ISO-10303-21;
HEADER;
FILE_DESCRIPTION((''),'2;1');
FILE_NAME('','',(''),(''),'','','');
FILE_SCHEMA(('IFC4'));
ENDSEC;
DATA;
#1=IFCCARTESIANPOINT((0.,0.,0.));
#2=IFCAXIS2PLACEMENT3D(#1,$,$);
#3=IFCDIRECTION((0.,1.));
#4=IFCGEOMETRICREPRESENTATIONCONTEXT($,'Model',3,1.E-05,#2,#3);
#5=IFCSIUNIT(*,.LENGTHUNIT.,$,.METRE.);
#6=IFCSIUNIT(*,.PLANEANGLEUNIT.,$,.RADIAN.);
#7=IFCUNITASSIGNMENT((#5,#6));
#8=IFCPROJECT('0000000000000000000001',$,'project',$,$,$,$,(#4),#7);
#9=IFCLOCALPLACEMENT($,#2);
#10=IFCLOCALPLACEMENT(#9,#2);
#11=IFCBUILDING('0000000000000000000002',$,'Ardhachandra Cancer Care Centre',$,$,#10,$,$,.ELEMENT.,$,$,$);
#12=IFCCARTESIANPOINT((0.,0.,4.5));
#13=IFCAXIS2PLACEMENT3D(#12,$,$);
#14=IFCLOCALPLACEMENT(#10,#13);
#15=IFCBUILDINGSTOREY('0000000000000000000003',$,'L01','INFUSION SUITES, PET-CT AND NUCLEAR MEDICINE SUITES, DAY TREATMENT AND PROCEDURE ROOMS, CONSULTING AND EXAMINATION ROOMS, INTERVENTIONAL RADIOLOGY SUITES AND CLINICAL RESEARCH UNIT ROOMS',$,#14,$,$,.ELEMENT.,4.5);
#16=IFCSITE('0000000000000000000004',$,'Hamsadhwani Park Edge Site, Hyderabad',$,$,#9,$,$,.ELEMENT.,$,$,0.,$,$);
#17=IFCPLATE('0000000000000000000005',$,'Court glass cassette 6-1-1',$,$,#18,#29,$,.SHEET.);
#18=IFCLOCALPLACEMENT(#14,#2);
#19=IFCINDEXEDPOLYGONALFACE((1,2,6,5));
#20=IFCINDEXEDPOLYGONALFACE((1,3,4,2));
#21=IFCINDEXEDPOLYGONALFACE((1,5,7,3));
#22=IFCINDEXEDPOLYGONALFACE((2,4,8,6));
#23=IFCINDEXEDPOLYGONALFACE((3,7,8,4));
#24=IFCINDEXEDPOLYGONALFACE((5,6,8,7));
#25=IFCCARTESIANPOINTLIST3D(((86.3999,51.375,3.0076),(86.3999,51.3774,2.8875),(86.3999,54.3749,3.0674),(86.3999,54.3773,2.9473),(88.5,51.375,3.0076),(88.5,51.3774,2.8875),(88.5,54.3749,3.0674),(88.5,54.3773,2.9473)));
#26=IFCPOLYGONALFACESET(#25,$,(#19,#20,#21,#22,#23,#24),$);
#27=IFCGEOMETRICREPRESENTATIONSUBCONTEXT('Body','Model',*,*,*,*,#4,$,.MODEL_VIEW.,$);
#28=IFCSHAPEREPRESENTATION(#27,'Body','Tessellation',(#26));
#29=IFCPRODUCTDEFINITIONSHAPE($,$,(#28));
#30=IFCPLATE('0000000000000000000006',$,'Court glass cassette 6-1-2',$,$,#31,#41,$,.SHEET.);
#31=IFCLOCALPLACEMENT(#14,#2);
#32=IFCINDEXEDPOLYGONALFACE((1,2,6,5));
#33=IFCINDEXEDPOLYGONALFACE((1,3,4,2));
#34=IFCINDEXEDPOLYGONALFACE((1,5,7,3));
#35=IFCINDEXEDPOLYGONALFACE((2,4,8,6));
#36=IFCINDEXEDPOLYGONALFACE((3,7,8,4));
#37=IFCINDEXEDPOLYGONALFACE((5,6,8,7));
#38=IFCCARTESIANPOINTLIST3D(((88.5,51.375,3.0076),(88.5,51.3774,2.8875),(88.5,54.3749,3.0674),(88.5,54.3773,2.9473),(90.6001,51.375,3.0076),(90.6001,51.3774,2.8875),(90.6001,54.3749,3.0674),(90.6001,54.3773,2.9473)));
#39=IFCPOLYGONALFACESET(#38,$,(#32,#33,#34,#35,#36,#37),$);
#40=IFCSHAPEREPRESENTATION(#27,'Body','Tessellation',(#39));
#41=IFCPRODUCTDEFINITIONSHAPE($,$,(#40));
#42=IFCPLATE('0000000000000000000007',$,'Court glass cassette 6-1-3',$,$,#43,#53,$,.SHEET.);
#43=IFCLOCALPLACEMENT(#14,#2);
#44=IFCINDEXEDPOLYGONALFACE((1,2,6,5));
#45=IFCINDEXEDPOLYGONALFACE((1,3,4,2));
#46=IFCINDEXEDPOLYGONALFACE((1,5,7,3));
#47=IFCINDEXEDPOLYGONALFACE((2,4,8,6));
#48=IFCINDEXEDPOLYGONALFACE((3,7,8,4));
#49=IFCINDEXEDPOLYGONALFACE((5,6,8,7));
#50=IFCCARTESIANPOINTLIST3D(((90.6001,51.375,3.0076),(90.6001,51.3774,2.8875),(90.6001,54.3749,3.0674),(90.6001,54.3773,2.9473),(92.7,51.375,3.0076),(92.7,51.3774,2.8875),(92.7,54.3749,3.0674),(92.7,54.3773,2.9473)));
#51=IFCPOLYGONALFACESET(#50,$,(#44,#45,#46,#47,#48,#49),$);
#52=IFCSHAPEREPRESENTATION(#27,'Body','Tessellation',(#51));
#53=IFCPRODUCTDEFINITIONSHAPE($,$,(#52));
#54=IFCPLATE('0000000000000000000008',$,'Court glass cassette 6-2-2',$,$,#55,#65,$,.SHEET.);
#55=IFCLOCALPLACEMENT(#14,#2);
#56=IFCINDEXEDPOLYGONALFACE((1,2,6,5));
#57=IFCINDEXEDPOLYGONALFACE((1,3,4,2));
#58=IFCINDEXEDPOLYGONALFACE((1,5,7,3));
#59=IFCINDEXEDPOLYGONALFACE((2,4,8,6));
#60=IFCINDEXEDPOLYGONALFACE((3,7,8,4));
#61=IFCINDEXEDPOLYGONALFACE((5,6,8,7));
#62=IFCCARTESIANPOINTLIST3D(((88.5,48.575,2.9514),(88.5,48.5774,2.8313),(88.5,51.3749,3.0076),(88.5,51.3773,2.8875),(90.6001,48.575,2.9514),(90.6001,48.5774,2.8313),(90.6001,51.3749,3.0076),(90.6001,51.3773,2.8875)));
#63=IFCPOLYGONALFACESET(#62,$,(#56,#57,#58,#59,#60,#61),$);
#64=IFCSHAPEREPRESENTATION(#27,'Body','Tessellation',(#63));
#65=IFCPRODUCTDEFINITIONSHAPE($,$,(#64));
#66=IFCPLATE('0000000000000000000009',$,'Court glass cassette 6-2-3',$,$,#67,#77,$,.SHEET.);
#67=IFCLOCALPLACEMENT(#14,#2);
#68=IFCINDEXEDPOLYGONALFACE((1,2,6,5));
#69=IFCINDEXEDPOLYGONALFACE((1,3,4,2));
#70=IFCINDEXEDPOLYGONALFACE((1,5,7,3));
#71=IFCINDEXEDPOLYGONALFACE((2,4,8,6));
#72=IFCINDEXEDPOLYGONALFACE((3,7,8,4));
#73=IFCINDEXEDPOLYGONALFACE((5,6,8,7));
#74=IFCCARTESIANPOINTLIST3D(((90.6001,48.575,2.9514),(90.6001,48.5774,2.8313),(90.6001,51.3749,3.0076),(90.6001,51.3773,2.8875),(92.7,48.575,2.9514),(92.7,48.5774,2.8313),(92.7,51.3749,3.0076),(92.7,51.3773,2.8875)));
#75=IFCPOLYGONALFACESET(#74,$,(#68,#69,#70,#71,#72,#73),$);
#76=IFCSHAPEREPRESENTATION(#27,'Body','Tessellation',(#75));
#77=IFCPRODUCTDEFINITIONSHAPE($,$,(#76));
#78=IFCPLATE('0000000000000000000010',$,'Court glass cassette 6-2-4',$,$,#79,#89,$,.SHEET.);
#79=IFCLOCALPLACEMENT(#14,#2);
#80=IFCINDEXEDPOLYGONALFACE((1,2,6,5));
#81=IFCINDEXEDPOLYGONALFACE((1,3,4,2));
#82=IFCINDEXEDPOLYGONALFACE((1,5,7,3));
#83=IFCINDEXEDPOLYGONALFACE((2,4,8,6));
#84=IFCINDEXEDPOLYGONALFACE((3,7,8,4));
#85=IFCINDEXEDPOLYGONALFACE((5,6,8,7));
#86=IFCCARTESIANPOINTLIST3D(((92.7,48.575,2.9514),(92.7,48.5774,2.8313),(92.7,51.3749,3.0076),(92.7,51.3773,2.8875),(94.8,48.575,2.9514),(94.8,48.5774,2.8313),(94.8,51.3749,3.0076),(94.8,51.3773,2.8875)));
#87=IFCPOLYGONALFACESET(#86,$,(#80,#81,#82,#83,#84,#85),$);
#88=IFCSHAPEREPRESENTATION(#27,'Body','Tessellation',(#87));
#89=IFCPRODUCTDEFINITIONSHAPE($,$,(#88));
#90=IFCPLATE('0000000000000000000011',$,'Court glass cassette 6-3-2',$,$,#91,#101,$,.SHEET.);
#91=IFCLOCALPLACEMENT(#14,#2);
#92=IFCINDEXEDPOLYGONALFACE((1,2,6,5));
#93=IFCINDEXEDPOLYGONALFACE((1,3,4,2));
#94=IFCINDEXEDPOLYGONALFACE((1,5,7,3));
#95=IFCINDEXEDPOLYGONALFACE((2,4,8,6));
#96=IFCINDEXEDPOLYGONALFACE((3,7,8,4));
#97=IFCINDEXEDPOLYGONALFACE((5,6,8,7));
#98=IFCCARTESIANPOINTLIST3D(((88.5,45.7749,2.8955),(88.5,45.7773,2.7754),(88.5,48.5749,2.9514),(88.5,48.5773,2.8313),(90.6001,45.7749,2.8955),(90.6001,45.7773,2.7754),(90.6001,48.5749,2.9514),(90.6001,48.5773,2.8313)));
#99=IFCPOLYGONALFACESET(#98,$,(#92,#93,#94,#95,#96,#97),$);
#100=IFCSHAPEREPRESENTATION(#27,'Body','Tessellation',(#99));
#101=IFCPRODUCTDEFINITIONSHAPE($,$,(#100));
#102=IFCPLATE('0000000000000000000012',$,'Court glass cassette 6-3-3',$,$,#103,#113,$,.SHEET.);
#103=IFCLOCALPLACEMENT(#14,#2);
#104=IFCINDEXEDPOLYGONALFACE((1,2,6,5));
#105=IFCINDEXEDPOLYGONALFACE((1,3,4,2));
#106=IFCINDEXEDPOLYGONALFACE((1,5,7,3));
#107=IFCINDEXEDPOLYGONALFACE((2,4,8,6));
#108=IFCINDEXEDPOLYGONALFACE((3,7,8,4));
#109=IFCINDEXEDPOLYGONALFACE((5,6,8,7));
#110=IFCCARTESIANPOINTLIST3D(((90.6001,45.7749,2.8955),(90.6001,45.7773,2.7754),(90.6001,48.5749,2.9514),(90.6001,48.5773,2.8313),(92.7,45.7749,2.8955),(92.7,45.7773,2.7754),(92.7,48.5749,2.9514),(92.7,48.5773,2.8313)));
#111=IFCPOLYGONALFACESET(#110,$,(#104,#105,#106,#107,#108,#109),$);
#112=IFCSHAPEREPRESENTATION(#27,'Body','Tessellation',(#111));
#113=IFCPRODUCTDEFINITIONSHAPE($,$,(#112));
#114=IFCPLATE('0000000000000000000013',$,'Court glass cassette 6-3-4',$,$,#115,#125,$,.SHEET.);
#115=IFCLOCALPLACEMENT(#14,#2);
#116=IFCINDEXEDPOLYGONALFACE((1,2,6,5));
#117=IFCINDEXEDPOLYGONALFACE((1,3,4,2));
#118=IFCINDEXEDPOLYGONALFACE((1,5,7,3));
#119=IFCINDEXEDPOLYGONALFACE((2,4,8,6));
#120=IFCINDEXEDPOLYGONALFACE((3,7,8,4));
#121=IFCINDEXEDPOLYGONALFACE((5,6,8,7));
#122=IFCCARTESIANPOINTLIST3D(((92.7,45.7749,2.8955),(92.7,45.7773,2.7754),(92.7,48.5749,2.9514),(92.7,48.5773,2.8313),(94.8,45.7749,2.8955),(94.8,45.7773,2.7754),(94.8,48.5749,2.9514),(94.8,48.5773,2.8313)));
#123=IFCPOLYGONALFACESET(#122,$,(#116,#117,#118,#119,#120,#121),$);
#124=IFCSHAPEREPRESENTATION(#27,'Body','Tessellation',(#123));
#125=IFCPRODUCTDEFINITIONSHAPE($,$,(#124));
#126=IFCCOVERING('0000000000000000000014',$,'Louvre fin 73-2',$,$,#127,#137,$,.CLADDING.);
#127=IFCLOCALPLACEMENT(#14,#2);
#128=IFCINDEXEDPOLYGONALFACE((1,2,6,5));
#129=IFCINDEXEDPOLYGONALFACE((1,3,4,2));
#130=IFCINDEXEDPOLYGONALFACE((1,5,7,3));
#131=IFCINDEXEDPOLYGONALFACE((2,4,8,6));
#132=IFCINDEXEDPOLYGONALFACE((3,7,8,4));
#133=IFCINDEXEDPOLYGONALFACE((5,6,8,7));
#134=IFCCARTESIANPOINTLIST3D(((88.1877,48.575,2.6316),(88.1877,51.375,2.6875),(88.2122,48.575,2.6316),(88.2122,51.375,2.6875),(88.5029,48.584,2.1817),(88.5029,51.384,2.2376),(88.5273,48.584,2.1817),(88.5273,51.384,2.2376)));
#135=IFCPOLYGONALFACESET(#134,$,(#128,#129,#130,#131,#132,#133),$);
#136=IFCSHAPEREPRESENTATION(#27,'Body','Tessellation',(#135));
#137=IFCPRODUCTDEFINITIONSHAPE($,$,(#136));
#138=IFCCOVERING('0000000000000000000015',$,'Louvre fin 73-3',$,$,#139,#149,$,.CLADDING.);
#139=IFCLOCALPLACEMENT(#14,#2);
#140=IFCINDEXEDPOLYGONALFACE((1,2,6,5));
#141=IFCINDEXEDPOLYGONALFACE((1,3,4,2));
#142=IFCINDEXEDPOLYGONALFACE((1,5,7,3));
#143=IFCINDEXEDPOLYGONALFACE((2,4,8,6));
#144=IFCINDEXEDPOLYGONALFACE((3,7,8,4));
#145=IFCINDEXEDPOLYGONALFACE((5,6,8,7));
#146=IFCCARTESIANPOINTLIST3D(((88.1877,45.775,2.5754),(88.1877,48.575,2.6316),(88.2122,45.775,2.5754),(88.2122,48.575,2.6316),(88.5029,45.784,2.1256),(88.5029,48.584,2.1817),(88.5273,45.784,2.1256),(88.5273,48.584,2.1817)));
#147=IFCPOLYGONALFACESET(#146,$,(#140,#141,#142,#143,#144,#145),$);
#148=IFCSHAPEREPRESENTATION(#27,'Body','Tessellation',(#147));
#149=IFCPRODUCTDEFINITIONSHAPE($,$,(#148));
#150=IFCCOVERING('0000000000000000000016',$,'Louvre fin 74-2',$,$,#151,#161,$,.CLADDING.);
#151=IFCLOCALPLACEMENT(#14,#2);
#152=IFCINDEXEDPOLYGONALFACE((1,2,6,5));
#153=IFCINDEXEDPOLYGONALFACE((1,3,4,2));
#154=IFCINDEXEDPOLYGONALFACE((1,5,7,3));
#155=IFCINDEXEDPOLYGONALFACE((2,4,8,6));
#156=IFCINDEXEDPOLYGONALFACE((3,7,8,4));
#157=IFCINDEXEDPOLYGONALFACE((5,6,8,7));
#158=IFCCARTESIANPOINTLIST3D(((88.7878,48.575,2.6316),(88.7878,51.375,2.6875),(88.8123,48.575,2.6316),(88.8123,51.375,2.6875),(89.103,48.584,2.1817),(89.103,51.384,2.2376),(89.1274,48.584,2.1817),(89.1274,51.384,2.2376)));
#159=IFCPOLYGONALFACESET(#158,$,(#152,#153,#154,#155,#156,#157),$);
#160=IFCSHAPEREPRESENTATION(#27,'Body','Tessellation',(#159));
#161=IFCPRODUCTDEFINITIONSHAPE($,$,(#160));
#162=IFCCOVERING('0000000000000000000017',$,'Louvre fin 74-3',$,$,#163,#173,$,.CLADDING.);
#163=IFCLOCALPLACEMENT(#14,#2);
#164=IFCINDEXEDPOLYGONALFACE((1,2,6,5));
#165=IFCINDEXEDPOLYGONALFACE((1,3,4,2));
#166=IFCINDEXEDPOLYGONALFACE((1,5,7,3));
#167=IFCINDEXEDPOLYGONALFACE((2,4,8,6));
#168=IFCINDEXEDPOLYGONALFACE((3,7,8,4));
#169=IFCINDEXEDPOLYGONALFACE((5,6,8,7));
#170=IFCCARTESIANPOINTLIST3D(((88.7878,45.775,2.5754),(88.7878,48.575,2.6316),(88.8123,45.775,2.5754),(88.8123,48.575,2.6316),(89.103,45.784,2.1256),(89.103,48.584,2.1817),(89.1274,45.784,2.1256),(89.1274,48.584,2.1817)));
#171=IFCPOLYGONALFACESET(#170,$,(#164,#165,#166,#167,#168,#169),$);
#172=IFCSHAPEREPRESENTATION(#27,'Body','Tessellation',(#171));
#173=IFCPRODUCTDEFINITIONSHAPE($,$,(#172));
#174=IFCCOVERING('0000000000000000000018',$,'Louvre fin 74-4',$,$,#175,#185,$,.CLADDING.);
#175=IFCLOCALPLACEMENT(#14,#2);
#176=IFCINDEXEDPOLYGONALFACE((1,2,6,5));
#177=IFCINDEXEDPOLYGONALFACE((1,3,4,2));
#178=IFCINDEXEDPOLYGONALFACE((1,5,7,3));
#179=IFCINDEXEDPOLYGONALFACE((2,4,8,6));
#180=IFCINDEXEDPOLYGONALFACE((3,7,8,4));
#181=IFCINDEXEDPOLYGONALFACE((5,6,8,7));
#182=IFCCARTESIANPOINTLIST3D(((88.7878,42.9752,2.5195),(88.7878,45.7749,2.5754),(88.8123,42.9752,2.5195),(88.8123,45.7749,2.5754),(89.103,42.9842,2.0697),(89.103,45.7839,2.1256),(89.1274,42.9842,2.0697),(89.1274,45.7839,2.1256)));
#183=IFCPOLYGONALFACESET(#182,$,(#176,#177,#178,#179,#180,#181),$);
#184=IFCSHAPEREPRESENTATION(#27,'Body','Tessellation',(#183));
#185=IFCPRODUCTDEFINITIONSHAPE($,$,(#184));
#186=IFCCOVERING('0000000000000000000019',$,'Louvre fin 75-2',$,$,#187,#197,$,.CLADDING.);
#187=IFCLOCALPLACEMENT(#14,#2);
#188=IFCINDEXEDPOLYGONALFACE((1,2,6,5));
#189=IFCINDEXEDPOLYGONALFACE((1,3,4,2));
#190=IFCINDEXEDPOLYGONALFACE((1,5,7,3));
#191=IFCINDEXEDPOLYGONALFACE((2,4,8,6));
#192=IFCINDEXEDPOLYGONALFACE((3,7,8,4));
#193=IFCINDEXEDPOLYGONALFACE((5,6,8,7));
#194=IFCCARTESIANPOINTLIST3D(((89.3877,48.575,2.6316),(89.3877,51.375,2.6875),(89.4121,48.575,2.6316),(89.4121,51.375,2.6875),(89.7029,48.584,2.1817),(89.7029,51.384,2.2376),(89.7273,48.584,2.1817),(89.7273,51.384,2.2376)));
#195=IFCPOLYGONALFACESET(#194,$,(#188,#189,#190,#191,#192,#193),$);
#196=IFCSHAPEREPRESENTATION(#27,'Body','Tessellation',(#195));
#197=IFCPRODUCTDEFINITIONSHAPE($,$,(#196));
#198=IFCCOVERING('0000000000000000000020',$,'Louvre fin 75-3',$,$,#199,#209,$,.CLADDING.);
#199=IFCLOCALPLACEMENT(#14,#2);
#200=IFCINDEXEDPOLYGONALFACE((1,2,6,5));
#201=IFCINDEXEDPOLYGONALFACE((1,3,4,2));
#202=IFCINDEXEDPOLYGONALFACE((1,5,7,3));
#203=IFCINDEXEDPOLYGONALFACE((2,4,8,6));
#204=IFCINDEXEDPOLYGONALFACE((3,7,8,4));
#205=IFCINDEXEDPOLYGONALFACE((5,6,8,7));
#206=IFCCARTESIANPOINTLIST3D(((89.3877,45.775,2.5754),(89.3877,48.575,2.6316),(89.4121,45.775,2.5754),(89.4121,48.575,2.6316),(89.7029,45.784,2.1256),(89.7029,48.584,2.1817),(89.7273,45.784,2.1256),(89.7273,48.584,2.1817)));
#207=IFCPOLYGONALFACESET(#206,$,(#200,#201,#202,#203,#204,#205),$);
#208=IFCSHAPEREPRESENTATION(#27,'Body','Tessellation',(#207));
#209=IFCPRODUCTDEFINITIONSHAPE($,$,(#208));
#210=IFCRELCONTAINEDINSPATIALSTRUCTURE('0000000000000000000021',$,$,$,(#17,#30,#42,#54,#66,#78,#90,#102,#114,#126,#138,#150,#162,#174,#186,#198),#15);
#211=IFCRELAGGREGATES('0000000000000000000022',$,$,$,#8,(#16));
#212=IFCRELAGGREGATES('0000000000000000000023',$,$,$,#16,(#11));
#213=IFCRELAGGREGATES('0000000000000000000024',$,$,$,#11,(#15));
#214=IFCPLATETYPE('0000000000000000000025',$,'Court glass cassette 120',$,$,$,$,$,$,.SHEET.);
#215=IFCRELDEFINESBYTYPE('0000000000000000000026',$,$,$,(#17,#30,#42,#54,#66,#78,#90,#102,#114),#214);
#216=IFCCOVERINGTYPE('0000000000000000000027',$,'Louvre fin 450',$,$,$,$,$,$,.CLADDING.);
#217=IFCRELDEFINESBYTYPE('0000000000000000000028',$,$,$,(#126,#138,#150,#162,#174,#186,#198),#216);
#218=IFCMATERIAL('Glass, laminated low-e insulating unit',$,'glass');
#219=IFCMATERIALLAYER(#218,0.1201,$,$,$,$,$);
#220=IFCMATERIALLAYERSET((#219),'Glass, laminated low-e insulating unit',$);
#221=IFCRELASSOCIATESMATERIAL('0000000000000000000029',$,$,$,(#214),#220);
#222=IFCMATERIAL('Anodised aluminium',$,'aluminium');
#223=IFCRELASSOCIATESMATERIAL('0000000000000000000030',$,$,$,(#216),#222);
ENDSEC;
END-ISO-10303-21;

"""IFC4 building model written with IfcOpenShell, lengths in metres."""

from ifc_helpers import new_model, si_unit, direction, frame, origin, place, context, subcontext, project, spatial, polyline, outline, extrude, material, layer, layer_set, material_profile, profile_set, type_object, element, save


model = new_model("IFC4")

# Units and contexts
model_context = context("Model", 3, precision=1e-05, world=origin(), true_north=direction((0.0, 1.0)))
body_context = subcontext(model_context, "Body", "Model", "MODEL_VIEW")
ifc_project = project(units=[si_unit("LENGTHUNIT", "METRE"), si_unit("PLANEANGLEUNIT", "RADIAN")], contexts=[model_context])

# Site, building, storey
site_placement = place(None, origin())
site = spatial("IfcSite", under=ifc_project, at=site_placement, Name="Hamsadhwani Park Edge Site, Hyderabad", CompositionType="ELEMENT", RefElevation=0.0)
building_placement = place(site_placement, origin())
building = spatial("IfcBuilding", under=site, at=building_placement, Name="Ardhachandra Cancer Care Centre", CompositionType="ELEMENT")
storey_placement = place(building_placement, frame((0.0, 0.0, 4.5)))
storey = spatial("IfcBuildingStorey", under=building, at=storey_placement, Name="L01", Description="INFUSION SUITES, PET-CT AND NUCLEAR MEDICINE SUITES, DAY TREATMENT AND PROCEDURE ROOMS, CONSULTING AND EXAMINATION ROOMS, INTERVENTIONAL RADIOLOGY SUITES AND CLINICAL RESEARCH UNIT ROOMS", CompositionType="ELEMENT", Elevation=4.5)

# Plates
ifc_material_1 = material(Name="Glass, laminated low-e insulating unit", Category="glass")
ifc_layer = layer(ifc_material_1, 0.1201)
ifc_layer_set = layer_set([ifc_layer], Name="Glass, laminated low-e insulating unit")
plate_type = type_object("IfcPlateType", Name="Court glass cassette 120", PredefinedType="SHEET", material=ifc_layer_set)
for number, where, z_axis, x_axis, name in (
    (1, (88.5, 51.375, 3.0076), (0.0, -0.019934, 0.999801), (-1.0, 0.0, 0.0), "Court glass cassette 6-1-1"),
    (2, (90.6001, 51.375, 3.0076), (0.0, -0.019934, 0.999801), (-1.0, 0.0, 0.0), "Court glass cassette 6-1-2"),
):
    element("IfcPlate", number, at=place(storey_placement, frame(where, z_axis=z_axis, x_axis=x_axis)), inside=storey, type_object=plate_type, Name=name, PredefinedType="SHEET", context=body_context, shape_type="SweptSolid", body=[
        extrude(outline(polyline([(0.0, -3.0005), (2.1001, -3.0005), (2.1001, 0.0), (0.0, 0.0), (0.0, -3.0005)])), frame((0.0, 0.0, -0.1201)), (0.0, 0.0, 1.0), 0.1201),
    ])
plate_1_placement = place(storey_placement, frame((92.7, 51.375, 3.0076), z_axis=(0.0, -0.019934, 0.999801), x_axis=(-1.0, 0.0, 0.0)))
element("IfcPlate", 3, at=plate_1_placement, inside=storey, type_object=plate_type, Name="Court glass cassette 6-1-3", PredefinedType="SHEET", context=body_context, shape_type="SweptSolid", body=[
    extrude(outline(polyline([(0.0, -3.0005), (2.0999, -3.0005), (2.0999, 0.0), (0.0, 0.0), (0.0, -3.0005)])), frame((0.0, 0.0, -0.1201)), (0.0, 0.0, 1.0), 0.1201),
])
plate_2_placement = place(storey_placement, frame((88.5, 48.575, 2.9514), z_axis=(0.0, -0.02005, 0.999799), x_axis=(0.0, 0.999799, 0.02005)))
element("IfcPlate", 4, at=plate_2_placement, inside=storey, type_object=plate_type, Name="Court glass cassette 6-2-2", PredefinedType="SHEET", context=body_context, shape_type="SweptSolid", body=[
    extrude(outline(polyline([(0.0, -2.1001), (2.8005, -2.1001), (2.8005, 0.0), (0.0, 0.0), (0.0, -2.1001)])), frame((0.0, 0.0, -0.1201)), (0.0, 0.0, 1.0), 0.1201),
])
plate_3_placement = place(storey_placement, frame((90.6001, 48.575, 2.9514), z_axis=(0.0, -0.02005, 0.999799), x_axis=(0.0, 0.999799, 0.02005)))
element("IfcPlate", 5, at=plate_3_placement, inside=storey, type_object=plate_type, Name="Court glass cassette 6-2-3", PredefinedType="SHEET", context=body_context, shape_type="SweptSolid", body=[
    extrude(outline(polyline([(0.0, -2.0999), (2.8005, -2.0999), (2.8005, 0.0), (0.0, 0.0), (0.0, -2.0999)])), frame((0.0, 0.0, -0.1201)), (0.0, 0.0, 1.0), 0.1201),
])
for number, where, z_axis, x_axis, name in (
    (6, (92.7, 48.575, 2.9514), (0.0, -0.02005, 0.999799), (0.0, 0.999799, 0.02005), "Court glass cassette 6-2-4"),
    (7, (88.5, 45.7749, 2.8955), (0.0, -0.019963, 0.999801), (0.0, 0.999801, 0.019963), "Court glass cassette 6-3-2"),
):
    element("IfcPlate", number, at=place(storey_placement, frame(where, z_axis=z_axis, x_axis=x_axis)), inside=storey, type_object=plate_type, Name=name, PredefinedType="SHEET", context=body_context, shape_type="SweptSolid", body=[
        extrude(outline(polyline([(0.0, -2.1001), (2.8005, -2.1001), (2.8005, 0.0), (0.0, 0.0), (0.0, -2.1001)])), frame((0.0, 0.0, -0.1201)), (0.0, 0.0, 1.0), 0.1201),
    ])
plate_4_placement = place(storey_placement, frame((90.6001, 45.7749, 2.8955), z_axis=(0.0, -0.019963, 0.999801), x_axis=(0.0, 0.999801, 0.019963)))
element("IfcPlate", 8, at=plate_4_placement, inside=storey, type_object=plate_type, Name="Court glass cassette 6-3-3", PredefinedType="SHEET", context=body_context, shape_type="SweptSolid", body=[
    extrude(outline(polyline([(0.0, -2.0999), (2.8005, -2.0999), (2.8005, 0.0), (0.0, 0.0), (0.0, -2.0999)])), frame((0.0, 0.0, -0.1201)), (0.0, 0.0, 1.0), 0.1201),
])
plate_5_placement = place(storey_placement, frame((92.7, 45.7749, 2.8955), z_axis=(0.0, -0.019963, 0.999801), x_axis=(0.0, 0.999801, 0.019963)))
element("IfcPlate", 9, at=plate_5_placement, inside=storey, type_object=plate_type, Name="Court glass cassette 6-3-4", PredefinedType="SHEET", context=body_context, shape_type="SweptSolid", body=[
    extrude(outline(polyline([(0.0, -2.1001), (2.8005, -2.1001), (2.8005, 0.0), (0.0, 0.0), (0.0, -2.1001)])), frame((0.0, 0.0, -0.1201)), (0.0, 0.0, 1.0), 0.1201),
])

# Coverings
ifc_material_2 = material(Name="Anodised aluminium", Category="aluminium")
ifc_material_profile = material_profile(ifc_material_2, outline(polyline([(-0.0122, 0.0), (0.0122, 0.0), (0.3274, -0.45), (0.303, -0.45), (-0.0122, 0.0)])), Name="Louvre fin 450")
ifc_profile_set = profile_set([ifc_material_profile], Name="Anodised aluminium")
covering_type = type_object("IfcCoveringType", Name="Louvre fin 450", PredefinedType="CLADDING", material=ifc_profile_set)
for number, where, z_axis, x_axis, name in (
    (10, (88.2, 51.375, 2.6875), (0.0, -0.999801, -0.019963), (1.0, 0.0, 0.0), "Louvre fin 73-2"),
    (11, (88.2, 48.575, 2.6316), (0.0, -0.999799, -0.02005), (1.0, 0.0, 0.0), "Louvre fin 73-3"),
    (12, (88.8, 51.375, 2.6875), (0.0, -0.999801, -0.019963), (1.0, 0.0, 0.0), "Louvre fin 74-2"),
    (13, (88.8, 48.575, 2.6316), (0.0, -0.999799, -0.02005), (1.0, 0.0, 0.0), "Louvre fin 74-3"),
):
    element("IfcCovering", number, at=place(storey_placement, frame(where, z_axis=z_axis, x_axis=x_axis)), inside=storey, type_object=covering_type, Name=name, PredefinedType="CLADDING", context=body_context, shape_type="SweptSolid", body=[
        extrude(outline(polyline([(-0.0122, 0.0), (0.0122, 0.0), (0.3274, -0.45), (0.303, -0.45), (-0.0122, 0.0)])), origin(), (0.0, 0.0, 1.0), 2.8005),
    ])
covering_1_placement = place(storey_placement, frame((88.8, 45.7749, 2.5754), z_axis=(0.0, -0.999801, -0.019965), x_axis=(1.0, 0.0, 0.0)))
element("IfcCovering", 14, at=covering_1_placement, inside=storey, type_object=covering_type, Name="Louvre fin 74-4", PredefinedType="CLADDING", context=body_context, shape_type="SweptSolid", body=[
    extrude(outline(polyline([(-0.0122, 0.0), (0.0122, 0.0), (0.3274, -0.45), (0.303, -0.45), (-0.0122, 0.0)])), origin(), (0.0, 0.0, 1.0), 2.8003),
])
for number, where, z_axis, x_axis, name in (
    (15, (89.3999, 51.375, 2.6875), (0.0, -0.999801, -0.019963), (1.0, 0.0, 0.0), "Louvre fin 75-2"),
    (16, (89.3999, 48.575, 2.6316), (0.0, -0.999799, -0.02005), (1.0, 0.0, 0.0), "Louvre fin 75-3"),
):
    element("IfcCovering", number, at=place(storey_placement, frame(where, z_axis=z_axis, x_axis=x_axis)), inside=storey, type_object=covering_type, Name=name, PredefinedType="CLADDING", context=body_context, shape_type="SweptSolid", body=[
        extrude(outline(polyline([(-0.0122, 0.0), (0.0122, 0.0), (0.3274, -0.45), (0.303, -0.45), (-0.0122, 0.0)])), origin(), (0.0, 0.0, 1.0), 2.8005),
    ])

save(model, "model.ifc")
